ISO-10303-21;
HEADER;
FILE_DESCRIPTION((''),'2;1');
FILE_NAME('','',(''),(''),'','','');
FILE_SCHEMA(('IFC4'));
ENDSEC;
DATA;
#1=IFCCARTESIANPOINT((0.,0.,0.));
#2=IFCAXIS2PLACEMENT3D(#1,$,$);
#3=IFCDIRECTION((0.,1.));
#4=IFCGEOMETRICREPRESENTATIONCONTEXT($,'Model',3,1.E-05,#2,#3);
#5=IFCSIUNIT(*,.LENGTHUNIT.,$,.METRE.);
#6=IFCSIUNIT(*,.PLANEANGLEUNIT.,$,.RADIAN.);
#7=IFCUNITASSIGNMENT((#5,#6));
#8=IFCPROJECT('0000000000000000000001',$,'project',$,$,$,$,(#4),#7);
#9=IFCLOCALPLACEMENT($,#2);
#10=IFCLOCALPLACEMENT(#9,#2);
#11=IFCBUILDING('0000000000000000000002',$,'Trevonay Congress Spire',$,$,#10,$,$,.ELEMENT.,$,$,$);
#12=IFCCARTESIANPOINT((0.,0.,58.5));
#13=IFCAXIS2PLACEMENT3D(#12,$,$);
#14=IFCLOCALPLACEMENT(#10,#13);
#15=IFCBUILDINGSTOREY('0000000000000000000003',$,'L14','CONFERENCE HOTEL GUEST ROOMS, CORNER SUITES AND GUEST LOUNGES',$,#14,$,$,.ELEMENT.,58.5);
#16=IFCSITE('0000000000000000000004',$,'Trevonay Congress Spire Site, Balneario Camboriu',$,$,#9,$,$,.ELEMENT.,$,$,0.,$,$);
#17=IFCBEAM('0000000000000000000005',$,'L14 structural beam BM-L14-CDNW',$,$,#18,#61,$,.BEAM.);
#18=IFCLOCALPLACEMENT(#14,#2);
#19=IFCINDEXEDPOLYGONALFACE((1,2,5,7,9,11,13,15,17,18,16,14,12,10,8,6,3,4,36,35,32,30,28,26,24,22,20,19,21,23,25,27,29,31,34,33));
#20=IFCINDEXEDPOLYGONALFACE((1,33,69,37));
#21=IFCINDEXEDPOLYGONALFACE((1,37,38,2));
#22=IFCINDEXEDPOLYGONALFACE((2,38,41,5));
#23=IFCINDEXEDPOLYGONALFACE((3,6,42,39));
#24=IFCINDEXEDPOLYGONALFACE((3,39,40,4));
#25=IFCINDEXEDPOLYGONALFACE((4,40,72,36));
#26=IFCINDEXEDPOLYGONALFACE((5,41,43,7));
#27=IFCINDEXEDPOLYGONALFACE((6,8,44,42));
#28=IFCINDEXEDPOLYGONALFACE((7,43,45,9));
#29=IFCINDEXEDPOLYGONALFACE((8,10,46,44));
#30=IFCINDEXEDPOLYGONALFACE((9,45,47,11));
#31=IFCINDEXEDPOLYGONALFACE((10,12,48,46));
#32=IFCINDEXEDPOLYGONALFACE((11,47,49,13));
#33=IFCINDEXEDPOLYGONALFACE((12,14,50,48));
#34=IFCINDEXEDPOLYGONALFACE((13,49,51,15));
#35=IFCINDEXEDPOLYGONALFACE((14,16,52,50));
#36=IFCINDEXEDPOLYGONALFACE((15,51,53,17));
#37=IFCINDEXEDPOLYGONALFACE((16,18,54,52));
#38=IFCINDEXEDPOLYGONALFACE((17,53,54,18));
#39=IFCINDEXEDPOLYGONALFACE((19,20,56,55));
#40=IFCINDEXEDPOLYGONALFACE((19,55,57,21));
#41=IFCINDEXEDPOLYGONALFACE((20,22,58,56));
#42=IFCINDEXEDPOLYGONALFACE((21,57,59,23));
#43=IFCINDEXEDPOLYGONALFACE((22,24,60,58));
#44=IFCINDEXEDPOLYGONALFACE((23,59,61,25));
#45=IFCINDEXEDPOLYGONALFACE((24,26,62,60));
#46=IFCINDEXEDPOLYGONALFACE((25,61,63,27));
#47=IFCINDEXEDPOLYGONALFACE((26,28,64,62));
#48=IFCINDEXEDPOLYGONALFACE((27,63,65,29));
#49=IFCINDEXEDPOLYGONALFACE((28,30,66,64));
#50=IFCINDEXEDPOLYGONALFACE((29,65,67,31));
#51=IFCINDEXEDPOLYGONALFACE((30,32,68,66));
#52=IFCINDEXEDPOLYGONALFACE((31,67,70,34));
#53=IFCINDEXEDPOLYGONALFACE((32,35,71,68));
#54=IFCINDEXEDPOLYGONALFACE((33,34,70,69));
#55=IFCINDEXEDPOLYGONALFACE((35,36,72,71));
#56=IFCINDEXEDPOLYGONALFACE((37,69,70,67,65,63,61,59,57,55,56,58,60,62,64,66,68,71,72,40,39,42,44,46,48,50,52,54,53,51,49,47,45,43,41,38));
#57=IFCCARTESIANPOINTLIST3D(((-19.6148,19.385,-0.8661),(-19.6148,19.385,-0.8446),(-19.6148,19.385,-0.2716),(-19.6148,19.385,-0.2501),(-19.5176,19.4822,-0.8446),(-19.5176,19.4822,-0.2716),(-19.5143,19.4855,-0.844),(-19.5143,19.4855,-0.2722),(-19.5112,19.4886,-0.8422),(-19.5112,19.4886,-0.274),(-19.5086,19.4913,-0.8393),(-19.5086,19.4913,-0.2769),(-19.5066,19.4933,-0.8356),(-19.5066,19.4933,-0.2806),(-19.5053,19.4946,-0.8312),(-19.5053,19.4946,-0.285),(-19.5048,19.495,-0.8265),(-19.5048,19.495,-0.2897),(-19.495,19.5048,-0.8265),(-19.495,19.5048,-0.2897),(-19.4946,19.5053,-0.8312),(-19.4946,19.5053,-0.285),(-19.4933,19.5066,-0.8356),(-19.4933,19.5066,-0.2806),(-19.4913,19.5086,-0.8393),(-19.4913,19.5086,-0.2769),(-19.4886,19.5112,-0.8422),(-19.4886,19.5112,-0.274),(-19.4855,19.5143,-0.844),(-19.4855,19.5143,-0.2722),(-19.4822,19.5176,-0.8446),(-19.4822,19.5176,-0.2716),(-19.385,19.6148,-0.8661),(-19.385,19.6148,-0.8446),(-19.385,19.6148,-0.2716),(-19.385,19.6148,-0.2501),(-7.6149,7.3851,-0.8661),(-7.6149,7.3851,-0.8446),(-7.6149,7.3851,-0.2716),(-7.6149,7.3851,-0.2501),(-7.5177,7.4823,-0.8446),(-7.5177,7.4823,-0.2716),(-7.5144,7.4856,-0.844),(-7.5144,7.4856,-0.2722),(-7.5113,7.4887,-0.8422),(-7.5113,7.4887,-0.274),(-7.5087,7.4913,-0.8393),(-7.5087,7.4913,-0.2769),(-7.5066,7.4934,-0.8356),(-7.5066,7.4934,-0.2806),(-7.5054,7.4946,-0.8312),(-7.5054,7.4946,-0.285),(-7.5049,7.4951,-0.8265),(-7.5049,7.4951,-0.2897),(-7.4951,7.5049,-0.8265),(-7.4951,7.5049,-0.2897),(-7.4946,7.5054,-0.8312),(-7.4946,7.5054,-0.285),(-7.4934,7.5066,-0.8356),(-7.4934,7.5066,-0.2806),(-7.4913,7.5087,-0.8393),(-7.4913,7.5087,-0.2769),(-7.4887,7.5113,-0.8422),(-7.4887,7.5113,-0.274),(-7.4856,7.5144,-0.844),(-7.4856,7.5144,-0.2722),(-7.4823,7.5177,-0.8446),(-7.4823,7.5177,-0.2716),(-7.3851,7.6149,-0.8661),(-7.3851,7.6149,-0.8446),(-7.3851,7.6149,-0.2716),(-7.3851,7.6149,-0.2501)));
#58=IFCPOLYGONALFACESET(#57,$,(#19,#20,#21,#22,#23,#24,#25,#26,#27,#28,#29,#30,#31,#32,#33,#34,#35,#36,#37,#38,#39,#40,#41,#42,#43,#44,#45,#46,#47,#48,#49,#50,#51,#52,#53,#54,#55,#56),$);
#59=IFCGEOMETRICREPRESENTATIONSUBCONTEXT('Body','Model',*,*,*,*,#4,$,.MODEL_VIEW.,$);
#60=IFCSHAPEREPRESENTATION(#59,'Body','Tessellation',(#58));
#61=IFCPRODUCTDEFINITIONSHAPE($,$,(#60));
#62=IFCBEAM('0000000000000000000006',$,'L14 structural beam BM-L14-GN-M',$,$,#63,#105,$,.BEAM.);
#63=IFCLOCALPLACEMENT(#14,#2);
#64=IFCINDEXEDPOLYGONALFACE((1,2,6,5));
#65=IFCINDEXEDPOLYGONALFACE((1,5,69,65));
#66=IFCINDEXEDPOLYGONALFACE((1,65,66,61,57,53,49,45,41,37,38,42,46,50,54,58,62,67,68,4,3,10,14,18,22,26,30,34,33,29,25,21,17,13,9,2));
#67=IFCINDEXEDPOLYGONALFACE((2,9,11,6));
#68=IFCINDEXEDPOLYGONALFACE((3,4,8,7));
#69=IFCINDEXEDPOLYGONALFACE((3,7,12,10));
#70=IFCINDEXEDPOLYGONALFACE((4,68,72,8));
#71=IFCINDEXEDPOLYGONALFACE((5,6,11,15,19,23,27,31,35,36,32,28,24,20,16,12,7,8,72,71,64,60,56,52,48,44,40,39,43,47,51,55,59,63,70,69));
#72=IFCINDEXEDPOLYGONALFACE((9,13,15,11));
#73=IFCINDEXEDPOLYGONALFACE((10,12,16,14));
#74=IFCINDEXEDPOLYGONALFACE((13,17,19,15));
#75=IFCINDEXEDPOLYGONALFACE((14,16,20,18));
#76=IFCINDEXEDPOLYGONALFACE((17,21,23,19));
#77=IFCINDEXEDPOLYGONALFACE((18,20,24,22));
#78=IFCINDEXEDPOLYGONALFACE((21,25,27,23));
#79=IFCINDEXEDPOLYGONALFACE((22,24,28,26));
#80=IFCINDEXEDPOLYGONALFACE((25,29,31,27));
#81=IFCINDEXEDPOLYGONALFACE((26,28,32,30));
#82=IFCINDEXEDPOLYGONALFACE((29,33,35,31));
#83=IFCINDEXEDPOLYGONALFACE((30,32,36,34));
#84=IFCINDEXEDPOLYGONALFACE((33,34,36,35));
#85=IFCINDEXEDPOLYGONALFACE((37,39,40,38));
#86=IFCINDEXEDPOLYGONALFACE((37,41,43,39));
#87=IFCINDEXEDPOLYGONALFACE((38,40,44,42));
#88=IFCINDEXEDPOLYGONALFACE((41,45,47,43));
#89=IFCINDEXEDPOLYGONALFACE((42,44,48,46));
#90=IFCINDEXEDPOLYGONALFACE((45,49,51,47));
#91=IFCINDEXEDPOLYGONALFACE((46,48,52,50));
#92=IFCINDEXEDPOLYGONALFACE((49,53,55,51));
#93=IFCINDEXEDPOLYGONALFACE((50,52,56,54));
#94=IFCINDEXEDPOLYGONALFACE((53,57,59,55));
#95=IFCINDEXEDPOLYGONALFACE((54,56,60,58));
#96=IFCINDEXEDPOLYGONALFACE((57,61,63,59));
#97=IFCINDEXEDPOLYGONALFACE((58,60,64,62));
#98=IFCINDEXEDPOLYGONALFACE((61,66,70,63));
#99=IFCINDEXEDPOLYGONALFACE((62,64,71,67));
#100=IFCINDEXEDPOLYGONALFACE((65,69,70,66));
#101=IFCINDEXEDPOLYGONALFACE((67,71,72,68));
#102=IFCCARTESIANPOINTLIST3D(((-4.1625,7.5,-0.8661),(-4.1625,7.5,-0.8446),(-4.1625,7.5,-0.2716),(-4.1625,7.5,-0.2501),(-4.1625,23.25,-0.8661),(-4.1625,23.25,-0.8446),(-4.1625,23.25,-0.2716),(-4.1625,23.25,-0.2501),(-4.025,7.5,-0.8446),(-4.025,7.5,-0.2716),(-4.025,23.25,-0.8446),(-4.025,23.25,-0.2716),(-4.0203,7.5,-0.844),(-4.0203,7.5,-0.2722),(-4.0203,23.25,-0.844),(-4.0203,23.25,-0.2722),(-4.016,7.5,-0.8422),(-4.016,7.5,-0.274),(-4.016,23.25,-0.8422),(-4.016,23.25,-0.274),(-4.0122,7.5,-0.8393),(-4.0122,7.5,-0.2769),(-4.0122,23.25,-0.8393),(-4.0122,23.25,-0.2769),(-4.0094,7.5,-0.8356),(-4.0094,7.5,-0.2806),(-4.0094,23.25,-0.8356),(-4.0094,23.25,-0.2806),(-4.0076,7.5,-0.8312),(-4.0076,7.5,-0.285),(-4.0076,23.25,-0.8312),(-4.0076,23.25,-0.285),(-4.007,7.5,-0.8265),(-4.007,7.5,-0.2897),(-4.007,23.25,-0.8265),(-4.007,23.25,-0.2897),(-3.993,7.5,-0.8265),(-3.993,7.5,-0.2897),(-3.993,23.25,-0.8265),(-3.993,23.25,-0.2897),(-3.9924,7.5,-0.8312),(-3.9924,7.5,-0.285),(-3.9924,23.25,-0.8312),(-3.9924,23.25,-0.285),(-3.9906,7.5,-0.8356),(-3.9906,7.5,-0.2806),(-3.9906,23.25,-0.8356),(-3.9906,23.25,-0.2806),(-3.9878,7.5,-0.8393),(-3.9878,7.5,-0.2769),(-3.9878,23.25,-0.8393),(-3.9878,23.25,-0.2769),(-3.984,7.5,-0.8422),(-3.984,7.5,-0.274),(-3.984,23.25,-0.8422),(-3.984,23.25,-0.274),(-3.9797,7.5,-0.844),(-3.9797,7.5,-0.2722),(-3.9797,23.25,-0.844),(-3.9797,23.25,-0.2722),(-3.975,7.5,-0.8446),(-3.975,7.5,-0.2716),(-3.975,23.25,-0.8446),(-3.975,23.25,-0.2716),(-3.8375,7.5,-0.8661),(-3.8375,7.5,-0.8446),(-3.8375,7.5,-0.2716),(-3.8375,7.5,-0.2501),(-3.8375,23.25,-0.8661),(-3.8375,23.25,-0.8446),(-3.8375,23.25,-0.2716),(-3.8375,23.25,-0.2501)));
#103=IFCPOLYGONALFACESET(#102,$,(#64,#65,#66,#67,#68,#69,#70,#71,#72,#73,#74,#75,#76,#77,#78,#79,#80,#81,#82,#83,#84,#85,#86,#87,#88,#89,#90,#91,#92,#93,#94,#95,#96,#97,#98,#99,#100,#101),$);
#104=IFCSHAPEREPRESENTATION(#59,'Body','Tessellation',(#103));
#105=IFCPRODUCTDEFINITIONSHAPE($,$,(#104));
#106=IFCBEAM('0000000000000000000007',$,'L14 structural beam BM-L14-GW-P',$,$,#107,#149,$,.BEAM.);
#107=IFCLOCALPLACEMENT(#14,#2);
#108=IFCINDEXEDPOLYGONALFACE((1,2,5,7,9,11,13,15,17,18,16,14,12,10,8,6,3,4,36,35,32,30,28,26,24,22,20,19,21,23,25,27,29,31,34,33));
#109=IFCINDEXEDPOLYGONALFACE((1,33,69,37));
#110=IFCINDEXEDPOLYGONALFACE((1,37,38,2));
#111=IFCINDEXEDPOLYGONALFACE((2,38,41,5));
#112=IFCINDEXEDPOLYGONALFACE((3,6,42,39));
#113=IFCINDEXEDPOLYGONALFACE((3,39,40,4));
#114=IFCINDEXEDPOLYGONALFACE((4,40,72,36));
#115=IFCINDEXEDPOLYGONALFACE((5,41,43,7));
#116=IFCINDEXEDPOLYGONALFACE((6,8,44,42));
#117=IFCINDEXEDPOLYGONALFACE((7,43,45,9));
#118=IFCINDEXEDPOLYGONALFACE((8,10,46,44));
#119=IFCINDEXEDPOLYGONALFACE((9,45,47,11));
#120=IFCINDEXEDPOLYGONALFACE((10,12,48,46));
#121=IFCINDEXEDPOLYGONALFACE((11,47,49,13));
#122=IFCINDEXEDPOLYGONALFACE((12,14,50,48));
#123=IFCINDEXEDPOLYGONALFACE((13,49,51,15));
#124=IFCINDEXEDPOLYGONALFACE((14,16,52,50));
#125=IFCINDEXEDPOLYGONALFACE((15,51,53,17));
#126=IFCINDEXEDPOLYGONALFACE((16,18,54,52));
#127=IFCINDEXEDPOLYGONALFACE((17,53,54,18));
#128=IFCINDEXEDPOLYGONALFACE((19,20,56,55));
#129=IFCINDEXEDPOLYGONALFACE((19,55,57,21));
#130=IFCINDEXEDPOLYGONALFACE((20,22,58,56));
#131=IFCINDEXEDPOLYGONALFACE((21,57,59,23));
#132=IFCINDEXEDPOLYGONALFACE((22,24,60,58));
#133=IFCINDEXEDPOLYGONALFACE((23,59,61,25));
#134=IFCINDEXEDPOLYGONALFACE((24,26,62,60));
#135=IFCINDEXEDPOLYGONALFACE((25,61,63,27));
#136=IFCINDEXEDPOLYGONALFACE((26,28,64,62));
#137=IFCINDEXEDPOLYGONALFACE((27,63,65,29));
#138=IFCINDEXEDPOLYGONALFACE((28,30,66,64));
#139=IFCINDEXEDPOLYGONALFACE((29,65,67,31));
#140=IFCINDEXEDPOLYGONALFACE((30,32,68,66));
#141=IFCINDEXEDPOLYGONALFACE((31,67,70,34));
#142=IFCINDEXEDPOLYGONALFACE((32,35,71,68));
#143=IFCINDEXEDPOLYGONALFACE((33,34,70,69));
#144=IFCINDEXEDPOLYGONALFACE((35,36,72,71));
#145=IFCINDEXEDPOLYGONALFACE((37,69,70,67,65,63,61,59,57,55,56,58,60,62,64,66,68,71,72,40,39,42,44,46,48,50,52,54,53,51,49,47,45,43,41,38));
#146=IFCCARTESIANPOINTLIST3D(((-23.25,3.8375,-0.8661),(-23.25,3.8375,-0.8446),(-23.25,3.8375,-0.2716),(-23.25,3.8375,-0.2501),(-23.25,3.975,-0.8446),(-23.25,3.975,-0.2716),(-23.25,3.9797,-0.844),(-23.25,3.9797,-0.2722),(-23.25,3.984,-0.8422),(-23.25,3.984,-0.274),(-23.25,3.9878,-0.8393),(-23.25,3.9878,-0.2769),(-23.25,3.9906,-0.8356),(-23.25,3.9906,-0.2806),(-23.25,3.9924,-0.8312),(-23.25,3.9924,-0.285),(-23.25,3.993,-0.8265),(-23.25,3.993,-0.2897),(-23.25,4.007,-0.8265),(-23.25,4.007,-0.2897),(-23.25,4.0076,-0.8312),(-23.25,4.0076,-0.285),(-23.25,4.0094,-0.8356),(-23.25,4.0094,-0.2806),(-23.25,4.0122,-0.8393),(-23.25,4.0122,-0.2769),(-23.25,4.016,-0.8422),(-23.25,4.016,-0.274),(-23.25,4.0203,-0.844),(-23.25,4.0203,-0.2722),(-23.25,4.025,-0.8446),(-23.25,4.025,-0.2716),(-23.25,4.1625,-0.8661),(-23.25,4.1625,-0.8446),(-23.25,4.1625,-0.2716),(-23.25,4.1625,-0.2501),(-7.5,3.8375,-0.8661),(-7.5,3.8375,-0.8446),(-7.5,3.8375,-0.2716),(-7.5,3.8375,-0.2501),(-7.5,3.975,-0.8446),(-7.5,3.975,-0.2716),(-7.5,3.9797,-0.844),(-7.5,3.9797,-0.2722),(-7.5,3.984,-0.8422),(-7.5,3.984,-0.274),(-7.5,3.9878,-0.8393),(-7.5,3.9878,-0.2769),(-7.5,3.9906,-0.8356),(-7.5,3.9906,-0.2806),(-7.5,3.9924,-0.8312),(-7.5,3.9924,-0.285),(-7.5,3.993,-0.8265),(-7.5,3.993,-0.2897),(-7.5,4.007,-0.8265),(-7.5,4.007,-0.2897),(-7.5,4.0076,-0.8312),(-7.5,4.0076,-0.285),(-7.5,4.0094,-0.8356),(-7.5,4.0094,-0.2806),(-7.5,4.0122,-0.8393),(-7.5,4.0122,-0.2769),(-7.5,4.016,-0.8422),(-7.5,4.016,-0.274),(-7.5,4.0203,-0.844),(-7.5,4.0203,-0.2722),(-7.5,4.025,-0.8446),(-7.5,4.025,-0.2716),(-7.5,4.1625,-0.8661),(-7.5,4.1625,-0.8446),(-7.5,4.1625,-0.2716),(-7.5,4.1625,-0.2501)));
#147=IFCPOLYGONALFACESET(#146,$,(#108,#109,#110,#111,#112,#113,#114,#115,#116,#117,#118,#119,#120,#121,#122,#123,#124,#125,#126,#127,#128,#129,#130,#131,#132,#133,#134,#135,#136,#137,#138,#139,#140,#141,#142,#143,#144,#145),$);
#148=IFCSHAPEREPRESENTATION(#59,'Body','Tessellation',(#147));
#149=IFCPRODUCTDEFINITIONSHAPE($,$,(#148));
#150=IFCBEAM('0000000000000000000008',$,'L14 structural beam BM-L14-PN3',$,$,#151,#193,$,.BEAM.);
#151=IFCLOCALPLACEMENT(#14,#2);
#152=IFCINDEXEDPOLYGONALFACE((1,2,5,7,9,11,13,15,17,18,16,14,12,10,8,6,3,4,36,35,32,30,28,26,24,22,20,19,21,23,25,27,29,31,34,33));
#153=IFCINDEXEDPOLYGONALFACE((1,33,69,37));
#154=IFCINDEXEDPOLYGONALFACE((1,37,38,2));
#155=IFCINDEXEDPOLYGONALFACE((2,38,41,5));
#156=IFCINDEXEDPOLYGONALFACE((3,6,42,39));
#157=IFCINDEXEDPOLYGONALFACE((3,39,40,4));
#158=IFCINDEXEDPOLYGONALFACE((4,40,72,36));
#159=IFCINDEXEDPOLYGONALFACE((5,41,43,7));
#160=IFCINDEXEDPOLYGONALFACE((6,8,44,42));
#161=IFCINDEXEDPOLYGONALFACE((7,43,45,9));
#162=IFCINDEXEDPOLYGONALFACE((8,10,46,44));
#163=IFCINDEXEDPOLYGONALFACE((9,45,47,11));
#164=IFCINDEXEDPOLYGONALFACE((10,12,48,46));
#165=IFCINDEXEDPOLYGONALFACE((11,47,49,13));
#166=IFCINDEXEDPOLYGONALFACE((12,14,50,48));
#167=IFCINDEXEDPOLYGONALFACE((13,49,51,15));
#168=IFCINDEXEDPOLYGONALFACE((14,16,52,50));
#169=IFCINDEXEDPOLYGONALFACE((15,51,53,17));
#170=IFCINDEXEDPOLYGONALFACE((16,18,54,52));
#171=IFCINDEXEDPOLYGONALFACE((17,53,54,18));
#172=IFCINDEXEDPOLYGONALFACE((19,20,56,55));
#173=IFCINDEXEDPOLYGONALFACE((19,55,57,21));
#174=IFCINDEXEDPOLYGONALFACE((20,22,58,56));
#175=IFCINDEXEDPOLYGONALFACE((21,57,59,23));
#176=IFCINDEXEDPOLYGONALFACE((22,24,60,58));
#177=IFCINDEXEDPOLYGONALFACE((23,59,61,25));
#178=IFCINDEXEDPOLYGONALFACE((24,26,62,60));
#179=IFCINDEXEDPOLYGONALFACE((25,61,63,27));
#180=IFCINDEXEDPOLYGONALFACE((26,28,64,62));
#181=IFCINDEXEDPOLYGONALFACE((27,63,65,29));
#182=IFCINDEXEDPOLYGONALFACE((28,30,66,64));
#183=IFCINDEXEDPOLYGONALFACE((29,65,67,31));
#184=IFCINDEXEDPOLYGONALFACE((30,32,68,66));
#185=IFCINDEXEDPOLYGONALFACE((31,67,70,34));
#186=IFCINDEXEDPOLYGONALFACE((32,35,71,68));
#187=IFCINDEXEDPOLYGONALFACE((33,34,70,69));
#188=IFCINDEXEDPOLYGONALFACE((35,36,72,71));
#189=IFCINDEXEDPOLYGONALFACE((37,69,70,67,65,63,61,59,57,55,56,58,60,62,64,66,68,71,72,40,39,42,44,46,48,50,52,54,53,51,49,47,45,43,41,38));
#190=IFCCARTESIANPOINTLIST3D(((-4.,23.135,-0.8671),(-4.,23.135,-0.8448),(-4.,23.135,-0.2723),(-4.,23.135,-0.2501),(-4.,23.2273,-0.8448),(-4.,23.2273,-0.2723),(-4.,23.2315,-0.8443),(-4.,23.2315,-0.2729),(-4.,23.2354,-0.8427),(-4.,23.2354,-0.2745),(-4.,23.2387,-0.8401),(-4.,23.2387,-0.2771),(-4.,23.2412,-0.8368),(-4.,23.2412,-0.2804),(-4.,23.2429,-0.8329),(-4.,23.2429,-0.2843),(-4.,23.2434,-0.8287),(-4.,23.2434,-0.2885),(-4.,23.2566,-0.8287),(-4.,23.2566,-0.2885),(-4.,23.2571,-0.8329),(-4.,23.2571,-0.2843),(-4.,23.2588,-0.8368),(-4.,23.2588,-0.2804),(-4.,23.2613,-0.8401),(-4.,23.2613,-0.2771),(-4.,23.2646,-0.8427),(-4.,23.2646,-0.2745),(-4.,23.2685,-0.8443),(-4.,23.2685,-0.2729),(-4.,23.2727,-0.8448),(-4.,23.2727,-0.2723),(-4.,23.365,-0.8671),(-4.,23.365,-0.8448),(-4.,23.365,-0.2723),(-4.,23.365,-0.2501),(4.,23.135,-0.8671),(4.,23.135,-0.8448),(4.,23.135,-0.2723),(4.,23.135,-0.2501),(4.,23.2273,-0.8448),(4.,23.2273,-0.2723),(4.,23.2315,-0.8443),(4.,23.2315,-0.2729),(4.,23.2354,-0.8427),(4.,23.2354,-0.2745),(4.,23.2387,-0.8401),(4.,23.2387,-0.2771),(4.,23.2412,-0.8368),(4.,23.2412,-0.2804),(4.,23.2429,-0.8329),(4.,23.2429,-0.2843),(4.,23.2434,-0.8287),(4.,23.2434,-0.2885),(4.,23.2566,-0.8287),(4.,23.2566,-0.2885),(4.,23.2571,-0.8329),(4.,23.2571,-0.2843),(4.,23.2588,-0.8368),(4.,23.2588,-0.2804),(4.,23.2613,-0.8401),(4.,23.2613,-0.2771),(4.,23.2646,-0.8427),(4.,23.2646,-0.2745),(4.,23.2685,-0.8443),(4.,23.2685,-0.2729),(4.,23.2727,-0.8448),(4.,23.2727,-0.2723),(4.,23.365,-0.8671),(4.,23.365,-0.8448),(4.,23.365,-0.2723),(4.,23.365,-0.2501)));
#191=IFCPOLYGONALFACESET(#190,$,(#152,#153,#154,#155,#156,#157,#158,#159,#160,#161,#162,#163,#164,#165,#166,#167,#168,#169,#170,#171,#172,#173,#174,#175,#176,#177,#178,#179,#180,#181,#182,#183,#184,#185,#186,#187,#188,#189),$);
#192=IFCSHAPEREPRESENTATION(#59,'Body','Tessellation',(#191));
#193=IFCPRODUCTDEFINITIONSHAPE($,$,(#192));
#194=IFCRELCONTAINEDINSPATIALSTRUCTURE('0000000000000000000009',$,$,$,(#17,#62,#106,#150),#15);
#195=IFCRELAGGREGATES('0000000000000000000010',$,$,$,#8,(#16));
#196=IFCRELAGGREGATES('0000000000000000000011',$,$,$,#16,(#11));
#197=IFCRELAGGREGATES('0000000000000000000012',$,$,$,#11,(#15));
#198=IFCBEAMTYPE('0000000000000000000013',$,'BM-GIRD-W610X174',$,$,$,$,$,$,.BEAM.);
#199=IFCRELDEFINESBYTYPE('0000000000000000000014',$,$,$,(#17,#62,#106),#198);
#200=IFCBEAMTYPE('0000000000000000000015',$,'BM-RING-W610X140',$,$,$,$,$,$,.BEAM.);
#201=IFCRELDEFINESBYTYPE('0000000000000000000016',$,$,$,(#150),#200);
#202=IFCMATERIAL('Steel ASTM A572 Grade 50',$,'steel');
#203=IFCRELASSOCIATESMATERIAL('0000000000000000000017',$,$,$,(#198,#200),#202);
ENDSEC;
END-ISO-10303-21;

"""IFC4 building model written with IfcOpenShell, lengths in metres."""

from ifc_helpers import new_model, si_unit, direction, frame, origin, origin_2d, place, context, subcontext, project, spatial, i_section, extrude, material, material_profile, profile_set, type_object, element, save


model = new_model("IFC4")

# Units and contexts
model_context = context("Model", 3, precision=1e-05, world=origin(), true_north=direction((0.0, 1.0)))
body_context = subcontext(model_context, "Body", "Model", "MODEL_VIEW")
ifc_project = project(units=[si_unit("LENGTHUNIT", "METRE"), si_unit("PLANEANGLEUNIT", "RADIAN")], contexts=[model_context])

# Site, building, storey
site_placement = place(None, origin())
site = spatial("IfcSite", under=ifc_project, at=site_placement, Name="Trevonay Congress Spire Site, Balneario Camboriu", CompositionType="ELEMENT", RefElevation=0.0)
building_placement = place(site_placement, origin())
building = spatial("IfcBuilding", under=site, at=building_placement, Name="Trevonay Congress Spire", CompositionType="ELEMENT")
storey_placement = place(building_placement, frame((0.0, 0.0, 58.5)))
storey = spatial("IfcBuildingStorey", under=building, at=storey_placement, Name="L14", Description="CONFERENCE HOTEL GUEST ROOMS, CORNER SUITES AND GUEST LOUNGES", CompositionType="ELEMENT", Elevation=58.5)

# Shared definitions
ifc_material_1 = material(Name="Steel ASTM A572 Grade 50", Category="steel")

# Beams
ifc_material_profile_1 = material_profile(ifc_material_1, i_section(OverallWidth=0.325, OverallDepth=0.616, WebThickness=0.0139, FlangeThickness=0.0215, FilletRadius=0.0181, at=origin_2d()), Name="W610x174")
ifc_profile_set_1 = profile_set([ifc_material_profile_1], Name="Steel ASTM A572 Grade 50")
beam_type_1 = type_object("IfcBeamType", Name="BM-GIRD-W610X174", PredefinedType="BEAM", material=ifc_profile_set_1)
beam_1_placement = place(storey_placement, frame((-7.5, 7.5, -0.5581), z_axis=(-0.707107, 0.707107, 0.0), x_axis=(-0.707107, -0.707107, 0.0)))
element("IfcBeam", 1, at=beam_1_placement, inside=storey, type_object=beam_type_1, Name="L14 structural beam BM-L14-CDNW", PredefinedType="BEAM", context=body_context, shape_type="SweptSolid", body=[
    extrude(i_section(OverallWidth=0.325, OverallDepth=0.616, WebThickness=0.0139, FlangeThickness=0.0215, FilletRadius=0.0181, at=origin_2d()), origin(), (0.0, 0.0, 1.0), 16.9705),
])
for number, where, z_axis, x_axis, name in (
    (2, (-4.0, 7.5, -0.5581), (0.0, 1.0, 0.0), (-1.0, 0.0, 0.0), "L14 structural beam BM-L14-GN-M"),
    (3, (-7.5, 4.0, -0.5581), (-1.0, 0.0, 0.0), (0.0, -1.0, 0.0), "L14 structural beam BM-L14-GW-P"),
):
    element("IfcBeam", number, at=place(storey_placement, frame(where, z_axis=z_axis, x_axis=x_axis)), inside=storey, type_object=beam_type_1, Name=name, PredefinedType="BEAM", context=body_context, shape_type="SweptSolid", body=[
        extrude(i_section(OverallWidth=0.325, OverallDepth=0.616, WebThickness=0.0139, FlangeThickness=0.0215, FilletRadius=0.0181, at=origin_2d()), origin(), (0.0, 0.0, 1.0), 15.75),
    ])
ifc_material_profile_2 = material_profile(ifc_material_1, i_section(OverallWidth=0.23, OverallDepth=0.6169, WebThickness=0.0132, FlangeThickness=0.0222, FilletRadius=0.0161, at=origin_2d()), Name="W610x140")
ifc_profile_set_2 = profile_set([ifc_material_profile_2], Name="Steel ASTM A572 Grade 50")
beam_type_2 = type_object("IfcBeamType", Name="BM-RING-W610X140", PredefinedType="BEAM", material=ifc_profile_set_2)
beam_2_placement = place(storey_placement, frame((-4.0, 23.25, -0.5586), z_axis=(1.0, 0.0, 0.0), x_axis=(0.0, 1.0, 0.0)))
element("IfcBeam", 4, at=beam_2_placement, inside=storey, type_object=beam_type_2, Name="L14 structural beam BM-L14-PN3", PredefinedType="BEAM", context=body_context, shape_type="SweptSolid", body=[
    extrude(i_section(OverallWidth=0.23, OverallDepth=0.6169, WebThickness=0.0132, FlangeThickness=0.0222, FilletRadius=0.0161, at=origin_2d()), origin(), (0.0, 0.0, 1.0), 8.0),
])

save(model, "model.ifc")
